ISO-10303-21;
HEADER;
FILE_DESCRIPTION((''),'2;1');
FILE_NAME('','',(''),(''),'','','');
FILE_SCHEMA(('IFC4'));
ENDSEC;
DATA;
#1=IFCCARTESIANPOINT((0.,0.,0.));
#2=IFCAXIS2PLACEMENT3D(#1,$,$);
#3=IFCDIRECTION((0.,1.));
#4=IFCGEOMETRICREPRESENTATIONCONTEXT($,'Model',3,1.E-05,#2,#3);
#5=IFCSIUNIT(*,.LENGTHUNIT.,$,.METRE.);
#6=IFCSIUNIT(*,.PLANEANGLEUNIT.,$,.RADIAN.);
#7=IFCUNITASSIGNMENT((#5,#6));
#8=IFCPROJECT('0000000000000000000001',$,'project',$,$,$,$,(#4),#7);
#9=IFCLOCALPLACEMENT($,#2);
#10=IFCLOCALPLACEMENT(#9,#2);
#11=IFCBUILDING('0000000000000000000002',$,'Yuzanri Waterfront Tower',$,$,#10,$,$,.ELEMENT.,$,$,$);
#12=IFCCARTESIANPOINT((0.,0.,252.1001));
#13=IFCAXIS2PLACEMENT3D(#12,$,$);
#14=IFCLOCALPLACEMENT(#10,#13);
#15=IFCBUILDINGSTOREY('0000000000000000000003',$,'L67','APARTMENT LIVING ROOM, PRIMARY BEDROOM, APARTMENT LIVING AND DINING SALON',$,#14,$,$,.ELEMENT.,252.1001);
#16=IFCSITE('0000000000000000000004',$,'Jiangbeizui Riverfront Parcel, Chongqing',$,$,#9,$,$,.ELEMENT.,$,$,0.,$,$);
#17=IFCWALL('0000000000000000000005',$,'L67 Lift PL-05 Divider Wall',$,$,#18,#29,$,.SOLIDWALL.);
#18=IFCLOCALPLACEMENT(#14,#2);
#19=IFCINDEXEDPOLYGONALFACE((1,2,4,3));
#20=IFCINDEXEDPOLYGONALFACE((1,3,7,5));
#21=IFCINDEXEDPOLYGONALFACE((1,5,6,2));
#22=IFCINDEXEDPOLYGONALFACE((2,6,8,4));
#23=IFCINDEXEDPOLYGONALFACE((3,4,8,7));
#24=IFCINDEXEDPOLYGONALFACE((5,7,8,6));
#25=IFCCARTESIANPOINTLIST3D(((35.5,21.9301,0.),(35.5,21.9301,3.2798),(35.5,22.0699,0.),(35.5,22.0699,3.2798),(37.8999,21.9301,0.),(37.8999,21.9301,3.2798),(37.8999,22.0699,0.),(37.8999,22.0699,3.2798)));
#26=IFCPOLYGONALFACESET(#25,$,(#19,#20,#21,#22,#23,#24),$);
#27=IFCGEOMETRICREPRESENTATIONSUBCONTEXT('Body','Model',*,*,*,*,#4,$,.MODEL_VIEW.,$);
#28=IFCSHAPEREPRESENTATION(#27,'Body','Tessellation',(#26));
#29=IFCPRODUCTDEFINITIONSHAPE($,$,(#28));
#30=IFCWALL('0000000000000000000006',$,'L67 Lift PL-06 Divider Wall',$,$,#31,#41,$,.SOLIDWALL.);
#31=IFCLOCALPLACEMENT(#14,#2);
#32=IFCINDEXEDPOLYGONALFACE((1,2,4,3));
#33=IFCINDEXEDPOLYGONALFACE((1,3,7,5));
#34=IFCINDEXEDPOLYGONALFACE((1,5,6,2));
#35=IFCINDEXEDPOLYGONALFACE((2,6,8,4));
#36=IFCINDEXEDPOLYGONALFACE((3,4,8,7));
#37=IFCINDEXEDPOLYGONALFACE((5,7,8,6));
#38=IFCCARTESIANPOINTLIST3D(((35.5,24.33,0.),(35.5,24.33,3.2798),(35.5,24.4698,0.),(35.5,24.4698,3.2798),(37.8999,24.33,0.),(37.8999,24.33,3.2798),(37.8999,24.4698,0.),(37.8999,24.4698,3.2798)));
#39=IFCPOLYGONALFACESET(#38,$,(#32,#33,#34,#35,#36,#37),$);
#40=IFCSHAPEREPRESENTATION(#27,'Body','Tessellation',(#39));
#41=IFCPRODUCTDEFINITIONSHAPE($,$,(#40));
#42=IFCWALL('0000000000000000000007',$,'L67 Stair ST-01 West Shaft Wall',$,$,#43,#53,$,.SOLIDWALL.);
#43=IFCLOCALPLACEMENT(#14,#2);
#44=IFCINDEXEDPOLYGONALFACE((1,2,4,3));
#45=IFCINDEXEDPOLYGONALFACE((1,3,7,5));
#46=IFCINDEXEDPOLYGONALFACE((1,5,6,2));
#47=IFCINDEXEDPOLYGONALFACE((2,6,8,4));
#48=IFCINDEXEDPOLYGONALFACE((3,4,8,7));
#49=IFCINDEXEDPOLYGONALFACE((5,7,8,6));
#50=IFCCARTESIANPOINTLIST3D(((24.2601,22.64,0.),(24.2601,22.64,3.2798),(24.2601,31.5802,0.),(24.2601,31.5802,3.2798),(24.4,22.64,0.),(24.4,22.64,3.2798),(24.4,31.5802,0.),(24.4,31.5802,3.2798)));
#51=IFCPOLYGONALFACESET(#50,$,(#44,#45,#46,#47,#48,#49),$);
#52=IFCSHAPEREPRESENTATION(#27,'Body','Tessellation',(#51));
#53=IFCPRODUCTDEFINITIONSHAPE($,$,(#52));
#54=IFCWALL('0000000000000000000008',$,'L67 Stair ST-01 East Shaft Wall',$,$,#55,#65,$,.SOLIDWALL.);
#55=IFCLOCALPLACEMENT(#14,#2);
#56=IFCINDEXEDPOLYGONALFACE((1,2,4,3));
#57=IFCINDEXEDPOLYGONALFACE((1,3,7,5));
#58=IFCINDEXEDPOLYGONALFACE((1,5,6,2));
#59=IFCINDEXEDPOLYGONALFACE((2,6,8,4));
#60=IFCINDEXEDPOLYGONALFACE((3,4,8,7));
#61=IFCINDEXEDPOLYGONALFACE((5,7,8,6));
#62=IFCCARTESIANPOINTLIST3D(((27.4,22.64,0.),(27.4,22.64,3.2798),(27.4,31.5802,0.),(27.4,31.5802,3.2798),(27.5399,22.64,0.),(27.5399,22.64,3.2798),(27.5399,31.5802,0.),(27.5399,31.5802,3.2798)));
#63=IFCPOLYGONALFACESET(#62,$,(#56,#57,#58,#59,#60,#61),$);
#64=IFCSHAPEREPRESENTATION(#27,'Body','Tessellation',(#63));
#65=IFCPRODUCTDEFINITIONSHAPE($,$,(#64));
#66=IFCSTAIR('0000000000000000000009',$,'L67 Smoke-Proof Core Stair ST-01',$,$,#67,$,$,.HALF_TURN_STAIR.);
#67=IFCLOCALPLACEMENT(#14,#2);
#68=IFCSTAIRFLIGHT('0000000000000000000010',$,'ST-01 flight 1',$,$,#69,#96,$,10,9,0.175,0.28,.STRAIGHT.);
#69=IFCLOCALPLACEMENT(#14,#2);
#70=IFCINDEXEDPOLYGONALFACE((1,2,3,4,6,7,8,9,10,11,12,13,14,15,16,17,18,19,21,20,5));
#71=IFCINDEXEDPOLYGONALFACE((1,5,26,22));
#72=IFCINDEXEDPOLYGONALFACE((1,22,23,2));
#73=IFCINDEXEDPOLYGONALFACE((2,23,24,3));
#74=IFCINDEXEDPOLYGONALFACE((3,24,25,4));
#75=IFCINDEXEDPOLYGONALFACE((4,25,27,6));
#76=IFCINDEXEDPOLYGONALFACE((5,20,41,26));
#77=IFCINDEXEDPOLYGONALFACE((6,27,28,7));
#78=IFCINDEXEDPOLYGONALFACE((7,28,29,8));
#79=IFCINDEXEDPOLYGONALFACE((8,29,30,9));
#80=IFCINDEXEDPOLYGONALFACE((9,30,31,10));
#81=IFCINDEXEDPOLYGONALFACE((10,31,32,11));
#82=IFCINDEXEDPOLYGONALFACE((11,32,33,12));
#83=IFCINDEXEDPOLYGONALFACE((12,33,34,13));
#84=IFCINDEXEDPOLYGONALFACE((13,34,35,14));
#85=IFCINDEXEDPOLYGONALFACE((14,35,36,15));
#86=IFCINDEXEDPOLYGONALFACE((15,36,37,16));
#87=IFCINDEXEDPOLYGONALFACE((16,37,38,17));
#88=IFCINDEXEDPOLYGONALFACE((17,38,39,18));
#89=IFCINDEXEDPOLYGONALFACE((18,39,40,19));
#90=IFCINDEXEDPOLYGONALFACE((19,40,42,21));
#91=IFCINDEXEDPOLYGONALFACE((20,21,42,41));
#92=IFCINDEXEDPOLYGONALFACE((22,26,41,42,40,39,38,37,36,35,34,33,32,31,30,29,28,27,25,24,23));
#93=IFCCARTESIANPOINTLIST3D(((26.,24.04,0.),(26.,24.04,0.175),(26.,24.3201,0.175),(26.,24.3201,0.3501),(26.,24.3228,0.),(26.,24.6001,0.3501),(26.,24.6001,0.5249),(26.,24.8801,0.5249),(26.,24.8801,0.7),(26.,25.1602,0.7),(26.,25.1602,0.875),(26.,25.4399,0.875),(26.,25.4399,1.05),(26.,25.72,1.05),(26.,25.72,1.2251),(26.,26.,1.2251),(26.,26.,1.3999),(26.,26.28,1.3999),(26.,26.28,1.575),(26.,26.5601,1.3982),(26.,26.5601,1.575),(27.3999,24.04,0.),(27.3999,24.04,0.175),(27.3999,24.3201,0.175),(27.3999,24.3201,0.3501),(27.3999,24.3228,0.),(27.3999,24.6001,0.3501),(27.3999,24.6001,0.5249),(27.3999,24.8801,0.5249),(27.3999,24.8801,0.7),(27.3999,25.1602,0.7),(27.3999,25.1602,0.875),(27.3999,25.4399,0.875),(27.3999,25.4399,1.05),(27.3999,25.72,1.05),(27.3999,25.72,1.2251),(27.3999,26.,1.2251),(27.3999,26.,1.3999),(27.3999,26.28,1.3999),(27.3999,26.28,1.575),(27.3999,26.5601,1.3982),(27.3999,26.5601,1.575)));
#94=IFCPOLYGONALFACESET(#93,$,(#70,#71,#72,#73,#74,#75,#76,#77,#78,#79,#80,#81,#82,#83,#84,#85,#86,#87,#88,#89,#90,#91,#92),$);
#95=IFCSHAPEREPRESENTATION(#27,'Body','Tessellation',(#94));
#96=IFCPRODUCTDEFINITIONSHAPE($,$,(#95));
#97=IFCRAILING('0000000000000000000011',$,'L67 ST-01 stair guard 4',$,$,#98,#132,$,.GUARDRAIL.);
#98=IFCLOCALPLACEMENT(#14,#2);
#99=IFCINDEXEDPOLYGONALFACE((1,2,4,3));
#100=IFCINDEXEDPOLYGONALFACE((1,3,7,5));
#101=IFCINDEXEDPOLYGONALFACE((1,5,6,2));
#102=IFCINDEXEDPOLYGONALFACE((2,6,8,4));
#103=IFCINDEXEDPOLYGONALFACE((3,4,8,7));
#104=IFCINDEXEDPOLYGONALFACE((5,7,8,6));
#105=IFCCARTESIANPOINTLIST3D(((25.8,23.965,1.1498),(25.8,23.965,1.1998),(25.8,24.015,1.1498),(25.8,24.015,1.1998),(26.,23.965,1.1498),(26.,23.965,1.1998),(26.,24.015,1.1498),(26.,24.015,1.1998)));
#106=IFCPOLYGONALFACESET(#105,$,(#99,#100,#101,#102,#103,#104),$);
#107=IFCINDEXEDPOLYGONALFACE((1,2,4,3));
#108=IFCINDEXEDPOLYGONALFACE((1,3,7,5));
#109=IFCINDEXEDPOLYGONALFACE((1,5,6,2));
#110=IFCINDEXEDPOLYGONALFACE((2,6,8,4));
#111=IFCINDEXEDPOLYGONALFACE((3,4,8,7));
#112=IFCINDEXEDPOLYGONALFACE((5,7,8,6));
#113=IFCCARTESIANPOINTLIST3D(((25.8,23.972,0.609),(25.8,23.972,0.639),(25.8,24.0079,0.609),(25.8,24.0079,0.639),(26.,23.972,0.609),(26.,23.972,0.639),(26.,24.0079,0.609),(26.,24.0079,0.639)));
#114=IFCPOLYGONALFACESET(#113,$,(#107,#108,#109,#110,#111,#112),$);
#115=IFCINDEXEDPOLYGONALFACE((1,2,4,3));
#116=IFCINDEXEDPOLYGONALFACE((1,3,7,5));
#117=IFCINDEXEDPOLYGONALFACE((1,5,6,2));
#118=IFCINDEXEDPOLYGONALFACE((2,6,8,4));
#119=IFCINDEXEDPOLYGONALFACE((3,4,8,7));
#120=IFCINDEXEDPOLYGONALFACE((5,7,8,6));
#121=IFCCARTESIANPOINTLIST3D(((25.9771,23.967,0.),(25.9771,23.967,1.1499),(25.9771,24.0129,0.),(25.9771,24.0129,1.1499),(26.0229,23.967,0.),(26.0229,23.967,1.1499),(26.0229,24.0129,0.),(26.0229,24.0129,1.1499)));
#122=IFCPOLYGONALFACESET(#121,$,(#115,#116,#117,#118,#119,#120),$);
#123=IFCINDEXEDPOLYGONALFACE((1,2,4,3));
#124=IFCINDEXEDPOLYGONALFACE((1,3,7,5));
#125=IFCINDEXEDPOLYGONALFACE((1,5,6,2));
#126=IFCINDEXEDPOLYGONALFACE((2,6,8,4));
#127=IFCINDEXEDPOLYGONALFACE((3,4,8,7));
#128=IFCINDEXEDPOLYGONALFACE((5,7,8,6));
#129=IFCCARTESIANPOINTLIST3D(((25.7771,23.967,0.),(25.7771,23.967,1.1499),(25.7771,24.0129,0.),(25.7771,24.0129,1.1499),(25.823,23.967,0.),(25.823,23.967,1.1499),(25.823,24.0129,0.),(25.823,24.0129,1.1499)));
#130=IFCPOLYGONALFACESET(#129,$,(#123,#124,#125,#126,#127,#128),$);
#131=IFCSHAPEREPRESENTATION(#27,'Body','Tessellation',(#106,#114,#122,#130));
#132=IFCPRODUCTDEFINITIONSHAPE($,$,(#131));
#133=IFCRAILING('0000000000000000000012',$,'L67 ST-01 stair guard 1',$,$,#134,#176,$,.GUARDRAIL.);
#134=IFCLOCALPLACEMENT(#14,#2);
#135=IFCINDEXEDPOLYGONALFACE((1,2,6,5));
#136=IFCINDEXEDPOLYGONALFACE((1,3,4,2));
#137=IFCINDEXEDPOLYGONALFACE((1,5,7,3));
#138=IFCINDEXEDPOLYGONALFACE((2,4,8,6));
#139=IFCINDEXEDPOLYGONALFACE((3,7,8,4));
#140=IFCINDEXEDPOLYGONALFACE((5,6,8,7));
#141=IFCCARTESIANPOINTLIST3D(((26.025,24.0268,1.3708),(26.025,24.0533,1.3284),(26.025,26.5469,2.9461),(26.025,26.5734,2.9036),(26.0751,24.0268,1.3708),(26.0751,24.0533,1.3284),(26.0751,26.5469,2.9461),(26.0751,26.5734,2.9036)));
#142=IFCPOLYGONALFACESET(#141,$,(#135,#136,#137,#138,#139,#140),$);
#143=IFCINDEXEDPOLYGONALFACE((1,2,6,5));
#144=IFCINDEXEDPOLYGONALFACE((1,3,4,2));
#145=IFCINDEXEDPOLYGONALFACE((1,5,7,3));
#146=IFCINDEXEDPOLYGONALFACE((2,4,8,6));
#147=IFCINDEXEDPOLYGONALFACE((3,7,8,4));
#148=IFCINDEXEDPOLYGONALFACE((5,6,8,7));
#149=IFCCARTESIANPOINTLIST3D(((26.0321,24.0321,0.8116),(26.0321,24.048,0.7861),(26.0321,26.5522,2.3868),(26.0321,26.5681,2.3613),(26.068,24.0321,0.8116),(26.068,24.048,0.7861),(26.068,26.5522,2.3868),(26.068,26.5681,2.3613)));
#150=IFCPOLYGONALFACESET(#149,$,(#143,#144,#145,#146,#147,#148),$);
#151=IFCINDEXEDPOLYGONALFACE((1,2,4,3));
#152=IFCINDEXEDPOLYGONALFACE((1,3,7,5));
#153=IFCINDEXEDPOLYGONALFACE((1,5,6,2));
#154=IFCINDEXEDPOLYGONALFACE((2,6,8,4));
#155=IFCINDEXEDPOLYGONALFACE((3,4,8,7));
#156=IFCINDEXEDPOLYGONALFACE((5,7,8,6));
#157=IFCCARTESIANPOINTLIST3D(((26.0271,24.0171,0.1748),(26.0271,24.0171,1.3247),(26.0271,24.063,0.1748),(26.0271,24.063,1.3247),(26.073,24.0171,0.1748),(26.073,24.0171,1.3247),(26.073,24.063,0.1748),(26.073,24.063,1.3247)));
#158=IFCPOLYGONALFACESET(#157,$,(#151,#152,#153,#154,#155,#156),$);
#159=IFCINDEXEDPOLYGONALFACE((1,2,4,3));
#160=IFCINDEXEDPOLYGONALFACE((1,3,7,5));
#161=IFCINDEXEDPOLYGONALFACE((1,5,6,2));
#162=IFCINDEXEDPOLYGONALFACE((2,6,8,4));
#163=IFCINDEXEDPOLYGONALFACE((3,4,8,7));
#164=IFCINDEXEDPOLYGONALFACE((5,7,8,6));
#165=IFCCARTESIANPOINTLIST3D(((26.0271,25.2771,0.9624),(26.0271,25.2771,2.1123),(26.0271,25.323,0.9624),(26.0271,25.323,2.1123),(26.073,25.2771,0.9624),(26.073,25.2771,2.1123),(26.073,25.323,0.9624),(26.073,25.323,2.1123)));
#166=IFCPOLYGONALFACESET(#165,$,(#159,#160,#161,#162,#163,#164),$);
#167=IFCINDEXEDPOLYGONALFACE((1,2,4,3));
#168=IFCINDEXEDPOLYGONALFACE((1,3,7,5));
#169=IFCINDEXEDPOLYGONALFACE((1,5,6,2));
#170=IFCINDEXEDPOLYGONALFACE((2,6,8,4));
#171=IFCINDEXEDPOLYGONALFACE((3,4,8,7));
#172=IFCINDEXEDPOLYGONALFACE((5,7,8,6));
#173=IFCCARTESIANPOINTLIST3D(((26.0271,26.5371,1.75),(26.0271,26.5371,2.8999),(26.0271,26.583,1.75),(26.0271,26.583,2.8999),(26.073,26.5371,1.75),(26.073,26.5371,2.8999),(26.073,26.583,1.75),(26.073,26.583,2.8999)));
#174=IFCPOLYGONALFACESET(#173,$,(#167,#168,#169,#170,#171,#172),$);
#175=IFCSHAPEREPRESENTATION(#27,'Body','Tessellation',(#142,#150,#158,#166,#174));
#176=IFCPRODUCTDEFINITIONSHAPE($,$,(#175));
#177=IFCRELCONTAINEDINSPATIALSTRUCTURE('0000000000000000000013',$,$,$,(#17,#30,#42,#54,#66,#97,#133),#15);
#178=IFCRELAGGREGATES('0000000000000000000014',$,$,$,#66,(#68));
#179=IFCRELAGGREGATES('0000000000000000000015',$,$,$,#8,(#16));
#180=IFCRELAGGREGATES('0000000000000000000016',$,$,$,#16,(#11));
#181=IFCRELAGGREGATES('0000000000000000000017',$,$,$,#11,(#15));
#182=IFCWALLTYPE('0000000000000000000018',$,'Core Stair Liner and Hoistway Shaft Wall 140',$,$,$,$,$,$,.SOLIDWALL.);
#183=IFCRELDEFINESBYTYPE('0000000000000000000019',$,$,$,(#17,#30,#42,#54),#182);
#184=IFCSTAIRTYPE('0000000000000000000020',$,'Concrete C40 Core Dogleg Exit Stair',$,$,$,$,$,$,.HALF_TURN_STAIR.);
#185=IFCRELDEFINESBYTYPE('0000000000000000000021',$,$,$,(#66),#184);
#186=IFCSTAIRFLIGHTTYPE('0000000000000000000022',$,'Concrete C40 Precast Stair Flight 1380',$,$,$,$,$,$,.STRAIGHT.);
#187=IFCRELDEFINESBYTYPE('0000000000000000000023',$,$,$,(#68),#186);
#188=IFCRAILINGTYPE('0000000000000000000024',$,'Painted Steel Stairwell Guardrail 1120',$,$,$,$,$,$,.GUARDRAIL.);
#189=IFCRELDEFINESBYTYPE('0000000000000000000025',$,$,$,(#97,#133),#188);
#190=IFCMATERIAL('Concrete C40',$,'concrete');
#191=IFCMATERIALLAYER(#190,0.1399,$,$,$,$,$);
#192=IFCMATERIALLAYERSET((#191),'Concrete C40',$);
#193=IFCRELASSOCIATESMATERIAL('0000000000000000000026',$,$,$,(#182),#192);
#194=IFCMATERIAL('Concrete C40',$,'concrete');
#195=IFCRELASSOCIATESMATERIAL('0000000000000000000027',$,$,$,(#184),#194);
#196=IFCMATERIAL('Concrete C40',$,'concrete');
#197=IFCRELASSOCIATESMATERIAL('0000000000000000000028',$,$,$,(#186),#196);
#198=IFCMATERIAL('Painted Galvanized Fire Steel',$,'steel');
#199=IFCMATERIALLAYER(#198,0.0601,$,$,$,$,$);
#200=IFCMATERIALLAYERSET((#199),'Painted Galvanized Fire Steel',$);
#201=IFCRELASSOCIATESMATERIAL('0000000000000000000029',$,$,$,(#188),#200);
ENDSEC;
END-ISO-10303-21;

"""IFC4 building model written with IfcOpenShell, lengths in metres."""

from ifc_helpers import new_model, si_unit, direction, frame, frame_2d, origin, origin_2d, place, context, subcontext, project, spatial, polyline, rectangle, outline, extrude, source, transform, mapped, material, layer, layer_set, type_object, element, aggregate, save


model = new_model("IFC4")

# Units and contexts
model_context = context("Model", 3, precision=1e-05, world=origin(), true_north=direction((0.0, 1.0)))
body_context = subcontext(model_context, "Body", "Model", "MODEL_VIEW")
ifc_project = project(units=[si_unit("LENGTHUNIT", "METRE"), si_unit("PLANEANGLEUNIT", "RADIAN")], contexts=[model_context])

# Site, building, storey
site_placement = place(None, origin())
site = spatial("IfcSite", under=ifc_project, at=site_placement, Name="Jiangbeizui Riverfront Parcel, Chongqing", CompositionType="ELEMENT", RefElevation=0.0)
building_placement = place(site_placement, origin())
building = spatial("IfcBuilding", under=site, at=building_placement, Name="Yuzanri Waterfront Tower", CompositionType="ELEMENT")
storey_placement = place(building_placement, frame((0.0, 0.0, 252.1001)))
storey = spatial("IfcBuildingStorey", under=building, at=storey_placement, Name="L67", Description="APARTMENT LIVING ROOM, PRIMARY BEDROOM, APARTMENT LIVING AND DINING SALON", CompositionType="ELEMENT", Elevation=252.1001)

# Shared definitions
ifc_material_1 = material(Name="Concrete C40", Category="concrete")
ifc_layer_1 = layer(ifc_material_1, 0.1399)
ifc_layer_set_1 = layer_set([ifc_layer_1], Name="Concrete C40")
wall_type_1 = type_object("IfcWallType", Name="Core Stair Liner and Hoistway Shaft Wall 140", PredefinedType="SOLIDWALL", material=ifc_layer_set_1)

# Walls
shared_shape_1 = source(origin(), body_context, "Body", "SweptSolid", [
    extrude(rectangle(XDim=2.3999, YDim=0.1399, at=frame_2d((1.2, 0.0))), origin(), (0.0, 0.0, 1.0), 3.2798),
])
for number, where, z_axis, x_axis, name in (
    (1, (35.5, 22.0, 0.0), (0.0, 0.0, 1.0), (1.0, 0.0, 0.0), "L67 Lift PL-05 Divider Wall"),
    (2, (35.5, 24.3999, 0.0), (0.0, 0.0, 1.0), (1.0, 0.0, 0.0), "L67 Lift PL-06 Divider Wall"),
):
    element("IfcWall", number, at=place(storey_placement, frame(where, z_axis=z_axis, x_axis=x_axis)), inside=storey, type_object=wall_type_1, Name=name, PredefinedType="SOLIDWALL", context=body_context, shape_type="MappedRepresentation", body=[
        mapped(shared_shape_1, transform((0.0, 0.0, 0.0), scale=1.0)),
    ])
shared_shape_2 = source(origin(), body_context, "Body", "SweptSolid", [
    extrude(rectangle(XDim=8.9402, YDim=0.1399, at=frame_2d((4.4702, 0.0))), origin(), (0.0, 0.0, 1.0), 3.2798),
])
for number, where, z_axis, x_axis, name in (
    (3, (24.3301, 22.6399, 0.0), (0.0, 0.0, 1.0), (0.0, 1.0, 0.0), "L67 Stair ST-01 West Shaft Wall"),
    (4, (27.47, 22.6399, 0.0), (0.0, 0.0, 1.0), (0.0, 1.0, 0.0), "L67 Stair ST-01 East Shaft Wall"),
):
    element("IfcWall", number, at=place(storey_placement, frame(where, z_axis=z_axis, x_axis=x_axis)), inside=storey, type_object=wall_type_1, Name=name, PredefinedType="SOLIDWALL", context=body_context, shape_type="MappedRepresentation", body=[
        mapped(shared_shape_2, transform((0.0, 0.0, 0.0), scale=1.0)),
    ])

# Stair, stair flight
ifc_material_2 = material(Name="Concrete C40", Category="concrete")
stair_type = type_object("IfcStairType", Name="Concrete C40 Core Dogleg Exit Stair", PredefinedType="HALF_TURN_STAIR", material=ifc_material_2)
stair_placement = place(storey_placement, origin())
stair = element("IfcStair", 5, at=stair_placement, inside=storey, type_object=stair_type, Name="L67 Smoke-Proof Core Stair ST-01", PredefinedType="HALF_TURN_STAIR")
ifc_material_3 = material(Name="Concrete C40", Category="concrete")
stair_flight_type = type_object("IfcStairFlightType", Name="Concrete C40 Precast Stair Flight 1380", PredefinedType="STRAIGHT", material=ifc_material_3)
shared_shape_3 = source(origin(), body_context, "Body", "SweptSolid", [
    extrude(outline(polyline([(0.0, 0.0), (0.0, 0.175), (0.28, 0.175), (0.28, 0.3501), (0.5601, 0.3501), (0.5601, 0.5249), (0.8401, 0.5249), (0.8401, 0.7), (1.1201, 0.7), (1.1201, 0.875), (1.3999, 0.875), (1.3999, 1.05), (1.6799, 1.05), (1.6799, 1.2251), (1.96, 1.2251), (1.96, 1.3999), (2.24, 1.3999), (2.24, 1.575), (2.52, 1.575), (2.52, 1.75), (2.52, 1.3982), (0.2827, 0.0), (0.0, 0.0)])), frame((0.0, 0.7, 0.0), z_axis=(0.0, -1.0, 0.0), x_axis=(1.0, 0.0, 0.0)), (0.0, 0.0, 1.0), 1.3999),
])
stair_flight_placement = place(storey_placement, frame((26.7, 24.04, 0.0), z_axis=(0.0, 0.0, 1.0), x_axis=(0.0, 1.0, 0.0)))
stair_flight = element("IfcStairFlight", 6, at=stair_flight_placement, type_object=stair_flight_type, Name="ST-01 flight 1", NumberOfRisers=10, NumberOfTreads=9, PredefinedType="STRAIGHT", RiserHeight=0.175, TreadLength=0.28, context=body_context, shape_type="MappedRepresentation", body=[
    mapped(shared_shape_3, transform((0.0, 0.0, 0.0), scale=1.0)),
])
aggregate(stair, [stair_flight])

# Railings
ifc_material_4 = material(Name="Painted Galvanized Fire Steel", Category="steel")
ifc_layer_2 = layer(ifc_material_4, 0.0601)
ifc_layer_set_2 = layer_set([ifc_layer_2], Name="Painted Galvanized Fire Steel")
railing_type_1 = type_object("IfcRailingType", Name="Painted Steel Stairwell Guardrail 1120", PredefinedType="GUARDRAIL", material=ifc_layer_set_2)
shared_shape_4 = source(origin(), body_context, "Body", "SweptSolid", [
    extrude(rectangle(XDim=0.05, YDim=0.05, at=origin_2d()), frame((0.0, 0.0, 1.1748), z_axis=(-1.0, 0.0, 0.0), x_axis=(0.0, -1.0, 0.0)), (0.0, 0.0, 1.0), 0.2),
    extrude(rectangle(XDim=0.0359, YDim=0.03, at=origin_2d()), frame((0.0, 0.0, 0.624), z_axis=(-1.0, 0.0, 0.0), x_axis=(0.0, -1.0, 0.0)), (0.0, 0.0, 1.0), 0.2),
    extrude(rectangle(XDim=0.0459, YDim=0.0459, at=origin_2d()), origin(), (0.0, 0.0, 1.0), 1.1499),
    extrude(rectangle(XDim=0.0459, YDim=0.0459, at=origin_2d()), frame((-0.2, 0.0, 0.0)), (0.0, 0.0, 1.0), 1.1499),
])
railing_1_placement = place(storey_placement, frame((26.0, 23.99, 0.0)))
element("IfcRailing", 7, at=railing_1_placement, inside=storey, type_object=railing_type_1, Name="L67 ST-01 stair guard 4", PredefinedType="GUARDRAIL", context=body_context, shape_type="MappedRepresentation", body=[
    mapped(shared_shape_4, transform((0.0, 0.0, 0.0), scale=1.0)),
])
shared_shape_5 = source(origin(), body_context, "Body", "SweptSolid", [
    extrude(rectangle(XDim=0.05, YDim=0.05, at=origin_2d()), frame((0.0, 0.0, 1.1748), z_axis=(0.0, 0.847971, 0.530043), x_axis=(-1.0, 0.0, 0.0)), (0.0, 0.0, 1.0), 2.9719),
    extrude(rectangle(XDim=0.0359, YDim=0.03, at=origin_2d()), frame((0.0, 0.0, 0.624), z_axis=(0.0, 0.847971, 0.530043), x_axis=(-1.0, 0.0, 0.0)), (0.0, 0.0, 1.0), 2.9719),
    extrude(rectangle(XDim=0.0459, YDim=0.0459, at=origin_2d()), origin(), (0.0, 0.0, 1.0), 1.1499),
    extrude(rectangle(XDim=0.0459, YDim=0.0459, at=origin_2d()), frame((0.0, 1.26, 0.7876)), (0.0, 0.0, 1.0), 1.1499),
    extrude(rectangle(XDim=0.0459, YDim=0.0459, at=origin_2d()), frame((0.0, 2.52, 1.5752)), (0.0, 0.0, 1.0), 1.1499),
])
railing_2_placement = place(storey_placement, frame((26.05, 24.04, 0.1748)))
element("IfcRailing", 8, at=railing_2_placement, inside=storey, type_object=railing_type_1, Name="L67 ST-01 stair guard 1", PredefinedType="GUARDRAIL", context=body_context, shape_type="MappedRepresentation", body=[
    mapped(shared_shape_5, transform((0.0, 0.0, 0.0), scale=1.0)),
])

save(model, "model.ifc")
